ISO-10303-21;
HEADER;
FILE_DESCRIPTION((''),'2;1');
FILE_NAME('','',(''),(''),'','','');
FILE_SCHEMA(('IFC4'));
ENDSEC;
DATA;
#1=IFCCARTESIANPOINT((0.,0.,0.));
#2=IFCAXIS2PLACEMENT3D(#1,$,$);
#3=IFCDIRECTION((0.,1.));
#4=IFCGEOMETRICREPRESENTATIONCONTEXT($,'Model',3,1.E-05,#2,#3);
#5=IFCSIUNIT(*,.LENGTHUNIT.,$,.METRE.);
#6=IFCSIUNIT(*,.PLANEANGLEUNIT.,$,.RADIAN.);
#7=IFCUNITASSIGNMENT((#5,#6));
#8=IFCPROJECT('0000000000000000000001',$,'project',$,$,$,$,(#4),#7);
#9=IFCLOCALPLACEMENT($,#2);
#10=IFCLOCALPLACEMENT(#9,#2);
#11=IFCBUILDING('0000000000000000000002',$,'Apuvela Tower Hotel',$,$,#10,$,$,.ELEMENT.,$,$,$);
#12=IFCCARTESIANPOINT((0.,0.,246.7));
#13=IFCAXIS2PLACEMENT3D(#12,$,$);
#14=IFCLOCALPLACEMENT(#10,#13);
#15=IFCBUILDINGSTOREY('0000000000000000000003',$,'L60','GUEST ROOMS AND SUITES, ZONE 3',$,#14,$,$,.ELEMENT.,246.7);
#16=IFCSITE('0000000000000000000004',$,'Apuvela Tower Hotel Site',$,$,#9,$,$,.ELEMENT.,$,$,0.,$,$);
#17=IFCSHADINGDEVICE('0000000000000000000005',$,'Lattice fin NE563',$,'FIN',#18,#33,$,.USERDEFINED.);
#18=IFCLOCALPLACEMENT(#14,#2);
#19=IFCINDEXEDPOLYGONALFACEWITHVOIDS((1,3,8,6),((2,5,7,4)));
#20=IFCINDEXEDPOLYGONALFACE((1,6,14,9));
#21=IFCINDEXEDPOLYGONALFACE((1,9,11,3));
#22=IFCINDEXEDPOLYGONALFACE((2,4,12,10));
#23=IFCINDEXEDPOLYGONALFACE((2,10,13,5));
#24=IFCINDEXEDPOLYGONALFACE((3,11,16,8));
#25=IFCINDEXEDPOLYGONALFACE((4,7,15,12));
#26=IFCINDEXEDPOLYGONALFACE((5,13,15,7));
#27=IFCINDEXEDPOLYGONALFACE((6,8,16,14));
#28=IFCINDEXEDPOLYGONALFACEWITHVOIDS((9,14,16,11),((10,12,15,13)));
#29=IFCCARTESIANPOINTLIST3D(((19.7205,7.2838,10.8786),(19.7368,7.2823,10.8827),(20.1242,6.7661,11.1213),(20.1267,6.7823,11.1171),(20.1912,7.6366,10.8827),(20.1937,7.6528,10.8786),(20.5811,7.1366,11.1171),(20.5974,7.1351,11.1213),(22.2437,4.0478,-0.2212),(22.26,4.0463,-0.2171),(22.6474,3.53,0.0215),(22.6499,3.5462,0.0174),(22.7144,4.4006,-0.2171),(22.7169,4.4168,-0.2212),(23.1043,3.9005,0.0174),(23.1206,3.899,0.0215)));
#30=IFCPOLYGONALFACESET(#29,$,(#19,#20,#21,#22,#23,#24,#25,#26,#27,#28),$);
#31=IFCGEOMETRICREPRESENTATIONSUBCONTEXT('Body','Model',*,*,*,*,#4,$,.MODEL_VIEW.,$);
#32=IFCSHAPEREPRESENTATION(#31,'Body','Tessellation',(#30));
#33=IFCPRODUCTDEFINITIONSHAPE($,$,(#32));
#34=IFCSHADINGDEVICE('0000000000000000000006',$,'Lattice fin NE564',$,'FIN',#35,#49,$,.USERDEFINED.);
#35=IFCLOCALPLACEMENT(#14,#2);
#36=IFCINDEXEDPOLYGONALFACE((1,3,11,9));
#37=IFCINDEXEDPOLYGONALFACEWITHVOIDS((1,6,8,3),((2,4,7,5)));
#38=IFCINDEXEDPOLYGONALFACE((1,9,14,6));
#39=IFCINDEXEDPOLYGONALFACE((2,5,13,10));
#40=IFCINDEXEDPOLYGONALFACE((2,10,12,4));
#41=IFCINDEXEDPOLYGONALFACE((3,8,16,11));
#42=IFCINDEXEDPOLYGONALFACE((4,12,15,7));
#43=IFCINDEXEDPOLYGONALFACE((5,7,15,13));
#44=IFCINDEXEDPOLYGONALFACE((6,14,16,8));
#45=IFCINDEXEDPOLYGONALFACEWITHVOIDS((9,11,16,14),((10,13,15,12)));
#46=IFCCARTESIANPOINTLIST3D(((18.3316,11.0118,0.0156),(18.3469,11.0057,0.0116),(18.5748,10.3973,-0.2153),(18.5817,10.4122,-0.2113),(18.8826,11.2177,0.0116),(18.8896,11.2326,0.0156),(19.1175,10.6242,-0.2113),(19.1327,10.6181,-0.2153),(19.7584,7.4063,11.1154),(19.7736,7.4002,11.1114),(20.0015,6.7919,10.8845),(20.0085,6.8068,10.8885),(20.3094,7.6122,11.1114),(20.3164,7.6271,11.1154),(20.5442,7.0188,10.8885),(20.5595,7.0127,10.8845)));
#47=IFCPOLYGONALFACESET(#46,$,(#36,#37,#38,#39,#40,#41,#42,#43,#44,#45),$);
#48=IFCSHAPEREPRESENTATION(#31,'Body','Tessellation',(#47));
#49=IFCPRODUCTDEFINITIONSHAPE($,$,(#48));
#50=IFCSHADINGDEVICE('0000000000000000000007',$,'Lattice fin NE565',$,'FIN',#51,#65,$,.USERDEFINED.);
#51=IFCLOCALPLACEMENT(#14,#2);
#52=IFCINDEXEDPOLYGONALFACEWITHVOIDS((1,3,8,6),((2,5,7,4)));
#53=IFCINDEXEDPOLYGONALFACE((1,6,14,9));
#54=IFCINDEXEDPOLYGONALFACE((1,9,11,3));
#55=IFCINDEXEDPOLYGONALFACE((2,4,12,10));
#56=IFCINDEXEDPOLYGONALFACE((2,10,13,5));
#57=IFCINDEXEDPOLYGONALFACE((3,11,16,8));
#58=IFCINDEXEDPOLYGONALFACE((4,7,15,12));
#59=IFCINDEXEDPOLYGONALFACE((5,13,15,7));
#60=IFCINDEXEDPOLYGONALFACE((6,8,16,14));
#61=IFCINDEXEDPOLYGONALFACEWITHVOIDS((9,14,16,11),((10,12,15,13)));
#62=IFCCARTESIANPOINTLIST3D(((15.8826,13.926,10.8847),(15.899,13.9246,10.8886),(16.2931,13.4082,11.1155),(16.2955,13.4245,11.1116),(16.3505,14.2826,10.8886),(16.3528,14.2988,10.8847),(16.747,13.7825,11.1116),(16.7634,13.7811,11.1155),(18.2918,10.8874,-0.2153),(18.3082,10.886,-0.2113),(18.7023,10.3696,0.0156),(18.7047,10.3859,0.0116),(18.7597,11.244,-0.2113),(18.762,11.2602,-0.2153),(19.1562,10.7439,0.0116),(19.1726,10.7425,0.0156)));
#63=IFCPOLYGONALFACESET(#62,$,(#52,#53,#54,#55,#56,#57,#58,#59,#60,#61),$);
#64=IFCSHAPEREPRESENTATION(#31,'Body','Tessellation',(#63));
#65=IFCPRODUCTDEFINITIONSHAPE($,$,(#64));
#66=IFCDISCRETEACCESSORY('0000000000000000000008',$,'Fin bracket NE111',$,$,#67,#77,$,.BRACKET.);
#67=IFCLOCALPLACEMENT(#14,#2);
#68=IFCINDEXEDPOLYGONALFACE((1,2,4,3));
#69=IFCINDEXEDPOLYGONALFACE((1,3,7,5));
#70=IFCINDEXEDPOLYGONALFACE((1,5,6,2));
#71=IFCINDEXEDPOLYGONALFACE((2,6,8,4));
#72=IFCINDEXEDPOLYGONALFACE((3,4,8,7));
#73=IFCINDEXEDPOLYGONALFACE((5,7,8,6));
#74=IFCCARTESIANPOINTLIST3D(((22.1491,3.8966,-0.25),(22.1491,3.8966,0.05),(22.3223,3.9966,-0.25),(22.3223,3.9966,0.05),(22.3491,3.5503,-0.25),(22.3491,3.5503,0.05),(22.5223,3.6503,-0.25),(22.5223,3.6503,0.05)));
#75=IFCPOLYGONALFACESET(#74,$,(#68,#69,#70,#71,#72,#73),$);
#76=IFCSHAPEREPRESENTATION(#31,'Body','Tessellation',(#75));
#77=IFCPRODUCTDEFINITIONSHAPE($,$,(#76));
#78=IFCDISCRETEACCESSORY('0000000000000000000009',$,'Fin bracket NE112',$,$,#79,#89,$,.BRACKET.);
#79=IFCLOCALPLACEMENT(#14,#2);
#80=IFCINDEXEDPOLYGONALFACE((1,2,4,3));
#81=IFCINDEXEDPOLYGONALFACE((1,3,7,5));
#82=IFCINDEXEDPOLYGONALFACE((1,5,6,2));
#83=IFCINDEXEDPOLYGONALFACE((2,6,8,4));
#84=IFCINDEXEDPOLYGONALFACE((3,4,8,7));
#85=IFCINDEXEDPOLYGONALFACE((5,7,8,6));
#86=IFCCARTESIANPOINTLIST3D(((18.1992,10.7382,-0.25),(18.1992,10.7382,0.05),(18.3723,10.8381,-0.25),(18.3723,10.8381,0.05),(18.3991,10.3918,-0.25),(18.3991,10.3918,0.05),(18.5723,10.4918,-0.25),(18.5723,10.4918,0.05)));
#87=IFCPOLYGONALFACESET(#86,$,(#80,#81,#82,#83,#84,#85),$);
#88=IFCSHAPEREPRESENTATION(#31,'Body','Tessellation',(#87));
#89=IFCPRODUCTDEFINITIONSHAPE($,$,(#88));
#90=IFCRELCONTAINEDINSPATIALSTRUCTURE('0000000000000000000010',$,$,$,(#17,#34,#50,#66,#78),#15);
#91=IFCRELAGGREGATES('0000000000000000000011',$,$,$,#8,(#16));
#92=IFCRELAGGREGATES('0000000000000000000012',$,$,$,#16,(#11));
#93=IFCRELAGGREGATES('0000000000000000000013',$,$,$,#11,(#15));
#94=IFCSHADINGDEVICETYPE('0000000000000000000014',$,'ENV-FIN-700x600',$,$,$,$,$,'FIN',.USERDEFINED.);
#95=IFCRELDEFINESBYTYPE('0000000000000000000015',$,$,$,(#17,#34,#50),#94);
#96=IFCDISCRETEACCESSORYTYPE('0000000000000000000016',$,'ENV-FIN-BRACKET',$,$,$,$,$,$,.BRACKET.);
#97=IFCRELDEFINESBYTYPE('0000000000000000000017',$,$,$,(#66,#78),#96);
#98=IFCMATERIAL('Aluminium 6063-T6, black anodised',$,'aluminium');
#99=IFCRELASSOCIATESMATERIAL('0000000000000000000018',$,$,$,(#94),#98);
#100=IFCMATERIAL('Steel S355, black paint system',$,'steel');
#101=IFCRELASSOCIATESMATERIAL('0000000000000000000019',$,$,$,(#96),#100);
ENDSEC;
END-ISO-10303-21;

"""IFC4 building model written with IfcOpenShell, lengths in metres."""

from ifc_helpers import new_model, si_unit, direction, frame, origin, origin_2d, place, context, subcontext, project, spatial, rectangle, hollow_rectangle, extrude, material, material_profile, profile_set, type_object, element, save


model = new_model("IFC4")

# Units and contexts
model_context = context("Model", 3, precision=1e-05, world=origin(), true_north=direction((0.0, 1.0)))
body_context = subcontext(model_context, "Body", "Model", "MODEL_VIEW")
ifc_project = project(units=[si_unit("LENGTHUNIT", "METRE"), si_unit("PLANEANGLEUNIT", "RADIAN")], contexts=[model_context])

# Site, building, storey
site_placement = place(None, origin())
site = spatial("IfcSite", under=ifc_project, at=site_placement, Name="Apuvela Tower Hotel Site", CompositionType="ELEMENT", RefElevation=0.0)
building_placement = place(site_placement, origin())
building = spatial("IfcBuilding", under=site, at=building_placement, Name="Apuvela Tower Hotel", CompositionType="ELEMENT")
storey_placement = place(building_placement, frame((0.0, 0.0, 246.7)))
storey = spatial("IfcBuildingStorey", under=building, at=storey_placement, Name="L60", Description="GUEST ROOMS AND SUITES, ZONE 3", CompositionType="ELEMENT", Elevation=246.7)

# Shading devices
ifc_material_1 = material(Name="Aluminium 6063-T6, black anodised", Category="aluminium")
ifc_material_profile_1 = material_profile(ifc_material_1, hollow_rectangle(XDim=0.6001, YDim=0.7, WallThickness=0.012, at=origin_2d()), Name="AL BOX 700x600x12")
ifc_profile_set_1 = profile_set([ifc_material_profile_1], Name="Aluminium 6063-T6, black anodised")
shading_device_type = type_object("IfcShadingDeviceType", Name="ENV-FIN-700x600", ElementType="FIN", PredefinedType="USERDEFINED", material=ifc_profile_set_1)
shading_device_1_placement = place(storey_placement, frame((22.6821, 3.9734, -0.0999), z_axis=(-0.213214, 0.273455, 0.937956), x_axis=(-0.788615, -0.614888, 0.0)))
element("IfcShadingDevice", 1, at=shading_device_1_placement, inside=storey, type_object=shading_device_type, Name="Lattice fin NE563", ObjectType="FIN", PredefinedType="USERDEFINED", context=body_context, shape_type="SweptSolid", body=[
    extrude(hollow_rectangle(XDim=0.6001, YDim=0.7, WallThickness=0.012, at=origin_2d()), origin(), (0.0, 0.0, 1.0), 11.834),
])
shading_device_2_placement = place(storey_placement, frame((18.7322, 10.8149, -0.0999), z_axis=(0.121347, -0.306649, 0.944056), x_axis=(0.929843, 0.367958, 0.0)))
element("IfcShadingDevice", 2, at=shading_device_2_placement, inside=storey, type_object=shading_device_type, Name="Lattice fin NE564", ObjectType="FIN", PredefinedType="USERDEFINED", context=body_context, shape_type="SweptSolid", body=[
    extrude(hollow_rectangle(XDim=0.6001, YDim=0.7, WallThickness=0.012, at=origin_2d()), origin(), (0.0, 0.0, 1.0), 11.7576),
])
shading_device_3_placement = place(storey_placement, frame((18.7322, 10.8149, -0.0999), z_axis=(-0.204902, 0.258432, 0.944049), x_axis=(-0.783589, -0.62128, 0.0)))
element("IfcShadingDevice", 3, at=shading_device_3_placement, inside=storey, type_object=shading_device_type, Name="Lattice fin NE565", ObjectType="FIN", PredefinedType="USERDEFINED", context=body_context, shape_type="SweptSolid", body=[
    extrude(hollow_rectangle(XDim=0.6001, YDim=0.7, WallThickness=0.012, at=origin_2d()), origin(), (0.0, 0.0, 1.0), 11.7578),
])

# Discrete accessories
ifc_material_2 = material(Name="Steel S355, black paint system", Category="steel")
discrete_accessory_type = type_object("IfcDiscreteAccessoryType", Name="ENV-FIN-BRACKET", PredefinedType="BRACKET", material=ifc_material_2)
for number, where, z_axis, x_axis, name in (
    (4, (22.3357, 3.7734, -0.25), (0.0, 0.0, 1.0), (-0.5, 0.866025, 0.0), "Fin bracket NE111"),
    (5, (18.3857, 10.615, -0.25), (0.0, 0.0, 1.0), (-0.5, 0.866025, 0.0), "Fin bracket NE112"),
):
    element("IfcDiscreteAccessory", number, at=place(storey_placement, frame(where, z_axis=z_axis, x_axis=x_axis)), inside=storey, type_object=discrete_accessory_type, Name=name, PredefinedType="BRACKET", context=body_context, shape_type="SweptSolid", body=[
        extrude(rectangle(XDim=0.3999, YDim=0.2, at=origin_2d()), origin(), (0.0, 0.0, 1.0), 0.3),
    ])

save(model, "model.ifc")
